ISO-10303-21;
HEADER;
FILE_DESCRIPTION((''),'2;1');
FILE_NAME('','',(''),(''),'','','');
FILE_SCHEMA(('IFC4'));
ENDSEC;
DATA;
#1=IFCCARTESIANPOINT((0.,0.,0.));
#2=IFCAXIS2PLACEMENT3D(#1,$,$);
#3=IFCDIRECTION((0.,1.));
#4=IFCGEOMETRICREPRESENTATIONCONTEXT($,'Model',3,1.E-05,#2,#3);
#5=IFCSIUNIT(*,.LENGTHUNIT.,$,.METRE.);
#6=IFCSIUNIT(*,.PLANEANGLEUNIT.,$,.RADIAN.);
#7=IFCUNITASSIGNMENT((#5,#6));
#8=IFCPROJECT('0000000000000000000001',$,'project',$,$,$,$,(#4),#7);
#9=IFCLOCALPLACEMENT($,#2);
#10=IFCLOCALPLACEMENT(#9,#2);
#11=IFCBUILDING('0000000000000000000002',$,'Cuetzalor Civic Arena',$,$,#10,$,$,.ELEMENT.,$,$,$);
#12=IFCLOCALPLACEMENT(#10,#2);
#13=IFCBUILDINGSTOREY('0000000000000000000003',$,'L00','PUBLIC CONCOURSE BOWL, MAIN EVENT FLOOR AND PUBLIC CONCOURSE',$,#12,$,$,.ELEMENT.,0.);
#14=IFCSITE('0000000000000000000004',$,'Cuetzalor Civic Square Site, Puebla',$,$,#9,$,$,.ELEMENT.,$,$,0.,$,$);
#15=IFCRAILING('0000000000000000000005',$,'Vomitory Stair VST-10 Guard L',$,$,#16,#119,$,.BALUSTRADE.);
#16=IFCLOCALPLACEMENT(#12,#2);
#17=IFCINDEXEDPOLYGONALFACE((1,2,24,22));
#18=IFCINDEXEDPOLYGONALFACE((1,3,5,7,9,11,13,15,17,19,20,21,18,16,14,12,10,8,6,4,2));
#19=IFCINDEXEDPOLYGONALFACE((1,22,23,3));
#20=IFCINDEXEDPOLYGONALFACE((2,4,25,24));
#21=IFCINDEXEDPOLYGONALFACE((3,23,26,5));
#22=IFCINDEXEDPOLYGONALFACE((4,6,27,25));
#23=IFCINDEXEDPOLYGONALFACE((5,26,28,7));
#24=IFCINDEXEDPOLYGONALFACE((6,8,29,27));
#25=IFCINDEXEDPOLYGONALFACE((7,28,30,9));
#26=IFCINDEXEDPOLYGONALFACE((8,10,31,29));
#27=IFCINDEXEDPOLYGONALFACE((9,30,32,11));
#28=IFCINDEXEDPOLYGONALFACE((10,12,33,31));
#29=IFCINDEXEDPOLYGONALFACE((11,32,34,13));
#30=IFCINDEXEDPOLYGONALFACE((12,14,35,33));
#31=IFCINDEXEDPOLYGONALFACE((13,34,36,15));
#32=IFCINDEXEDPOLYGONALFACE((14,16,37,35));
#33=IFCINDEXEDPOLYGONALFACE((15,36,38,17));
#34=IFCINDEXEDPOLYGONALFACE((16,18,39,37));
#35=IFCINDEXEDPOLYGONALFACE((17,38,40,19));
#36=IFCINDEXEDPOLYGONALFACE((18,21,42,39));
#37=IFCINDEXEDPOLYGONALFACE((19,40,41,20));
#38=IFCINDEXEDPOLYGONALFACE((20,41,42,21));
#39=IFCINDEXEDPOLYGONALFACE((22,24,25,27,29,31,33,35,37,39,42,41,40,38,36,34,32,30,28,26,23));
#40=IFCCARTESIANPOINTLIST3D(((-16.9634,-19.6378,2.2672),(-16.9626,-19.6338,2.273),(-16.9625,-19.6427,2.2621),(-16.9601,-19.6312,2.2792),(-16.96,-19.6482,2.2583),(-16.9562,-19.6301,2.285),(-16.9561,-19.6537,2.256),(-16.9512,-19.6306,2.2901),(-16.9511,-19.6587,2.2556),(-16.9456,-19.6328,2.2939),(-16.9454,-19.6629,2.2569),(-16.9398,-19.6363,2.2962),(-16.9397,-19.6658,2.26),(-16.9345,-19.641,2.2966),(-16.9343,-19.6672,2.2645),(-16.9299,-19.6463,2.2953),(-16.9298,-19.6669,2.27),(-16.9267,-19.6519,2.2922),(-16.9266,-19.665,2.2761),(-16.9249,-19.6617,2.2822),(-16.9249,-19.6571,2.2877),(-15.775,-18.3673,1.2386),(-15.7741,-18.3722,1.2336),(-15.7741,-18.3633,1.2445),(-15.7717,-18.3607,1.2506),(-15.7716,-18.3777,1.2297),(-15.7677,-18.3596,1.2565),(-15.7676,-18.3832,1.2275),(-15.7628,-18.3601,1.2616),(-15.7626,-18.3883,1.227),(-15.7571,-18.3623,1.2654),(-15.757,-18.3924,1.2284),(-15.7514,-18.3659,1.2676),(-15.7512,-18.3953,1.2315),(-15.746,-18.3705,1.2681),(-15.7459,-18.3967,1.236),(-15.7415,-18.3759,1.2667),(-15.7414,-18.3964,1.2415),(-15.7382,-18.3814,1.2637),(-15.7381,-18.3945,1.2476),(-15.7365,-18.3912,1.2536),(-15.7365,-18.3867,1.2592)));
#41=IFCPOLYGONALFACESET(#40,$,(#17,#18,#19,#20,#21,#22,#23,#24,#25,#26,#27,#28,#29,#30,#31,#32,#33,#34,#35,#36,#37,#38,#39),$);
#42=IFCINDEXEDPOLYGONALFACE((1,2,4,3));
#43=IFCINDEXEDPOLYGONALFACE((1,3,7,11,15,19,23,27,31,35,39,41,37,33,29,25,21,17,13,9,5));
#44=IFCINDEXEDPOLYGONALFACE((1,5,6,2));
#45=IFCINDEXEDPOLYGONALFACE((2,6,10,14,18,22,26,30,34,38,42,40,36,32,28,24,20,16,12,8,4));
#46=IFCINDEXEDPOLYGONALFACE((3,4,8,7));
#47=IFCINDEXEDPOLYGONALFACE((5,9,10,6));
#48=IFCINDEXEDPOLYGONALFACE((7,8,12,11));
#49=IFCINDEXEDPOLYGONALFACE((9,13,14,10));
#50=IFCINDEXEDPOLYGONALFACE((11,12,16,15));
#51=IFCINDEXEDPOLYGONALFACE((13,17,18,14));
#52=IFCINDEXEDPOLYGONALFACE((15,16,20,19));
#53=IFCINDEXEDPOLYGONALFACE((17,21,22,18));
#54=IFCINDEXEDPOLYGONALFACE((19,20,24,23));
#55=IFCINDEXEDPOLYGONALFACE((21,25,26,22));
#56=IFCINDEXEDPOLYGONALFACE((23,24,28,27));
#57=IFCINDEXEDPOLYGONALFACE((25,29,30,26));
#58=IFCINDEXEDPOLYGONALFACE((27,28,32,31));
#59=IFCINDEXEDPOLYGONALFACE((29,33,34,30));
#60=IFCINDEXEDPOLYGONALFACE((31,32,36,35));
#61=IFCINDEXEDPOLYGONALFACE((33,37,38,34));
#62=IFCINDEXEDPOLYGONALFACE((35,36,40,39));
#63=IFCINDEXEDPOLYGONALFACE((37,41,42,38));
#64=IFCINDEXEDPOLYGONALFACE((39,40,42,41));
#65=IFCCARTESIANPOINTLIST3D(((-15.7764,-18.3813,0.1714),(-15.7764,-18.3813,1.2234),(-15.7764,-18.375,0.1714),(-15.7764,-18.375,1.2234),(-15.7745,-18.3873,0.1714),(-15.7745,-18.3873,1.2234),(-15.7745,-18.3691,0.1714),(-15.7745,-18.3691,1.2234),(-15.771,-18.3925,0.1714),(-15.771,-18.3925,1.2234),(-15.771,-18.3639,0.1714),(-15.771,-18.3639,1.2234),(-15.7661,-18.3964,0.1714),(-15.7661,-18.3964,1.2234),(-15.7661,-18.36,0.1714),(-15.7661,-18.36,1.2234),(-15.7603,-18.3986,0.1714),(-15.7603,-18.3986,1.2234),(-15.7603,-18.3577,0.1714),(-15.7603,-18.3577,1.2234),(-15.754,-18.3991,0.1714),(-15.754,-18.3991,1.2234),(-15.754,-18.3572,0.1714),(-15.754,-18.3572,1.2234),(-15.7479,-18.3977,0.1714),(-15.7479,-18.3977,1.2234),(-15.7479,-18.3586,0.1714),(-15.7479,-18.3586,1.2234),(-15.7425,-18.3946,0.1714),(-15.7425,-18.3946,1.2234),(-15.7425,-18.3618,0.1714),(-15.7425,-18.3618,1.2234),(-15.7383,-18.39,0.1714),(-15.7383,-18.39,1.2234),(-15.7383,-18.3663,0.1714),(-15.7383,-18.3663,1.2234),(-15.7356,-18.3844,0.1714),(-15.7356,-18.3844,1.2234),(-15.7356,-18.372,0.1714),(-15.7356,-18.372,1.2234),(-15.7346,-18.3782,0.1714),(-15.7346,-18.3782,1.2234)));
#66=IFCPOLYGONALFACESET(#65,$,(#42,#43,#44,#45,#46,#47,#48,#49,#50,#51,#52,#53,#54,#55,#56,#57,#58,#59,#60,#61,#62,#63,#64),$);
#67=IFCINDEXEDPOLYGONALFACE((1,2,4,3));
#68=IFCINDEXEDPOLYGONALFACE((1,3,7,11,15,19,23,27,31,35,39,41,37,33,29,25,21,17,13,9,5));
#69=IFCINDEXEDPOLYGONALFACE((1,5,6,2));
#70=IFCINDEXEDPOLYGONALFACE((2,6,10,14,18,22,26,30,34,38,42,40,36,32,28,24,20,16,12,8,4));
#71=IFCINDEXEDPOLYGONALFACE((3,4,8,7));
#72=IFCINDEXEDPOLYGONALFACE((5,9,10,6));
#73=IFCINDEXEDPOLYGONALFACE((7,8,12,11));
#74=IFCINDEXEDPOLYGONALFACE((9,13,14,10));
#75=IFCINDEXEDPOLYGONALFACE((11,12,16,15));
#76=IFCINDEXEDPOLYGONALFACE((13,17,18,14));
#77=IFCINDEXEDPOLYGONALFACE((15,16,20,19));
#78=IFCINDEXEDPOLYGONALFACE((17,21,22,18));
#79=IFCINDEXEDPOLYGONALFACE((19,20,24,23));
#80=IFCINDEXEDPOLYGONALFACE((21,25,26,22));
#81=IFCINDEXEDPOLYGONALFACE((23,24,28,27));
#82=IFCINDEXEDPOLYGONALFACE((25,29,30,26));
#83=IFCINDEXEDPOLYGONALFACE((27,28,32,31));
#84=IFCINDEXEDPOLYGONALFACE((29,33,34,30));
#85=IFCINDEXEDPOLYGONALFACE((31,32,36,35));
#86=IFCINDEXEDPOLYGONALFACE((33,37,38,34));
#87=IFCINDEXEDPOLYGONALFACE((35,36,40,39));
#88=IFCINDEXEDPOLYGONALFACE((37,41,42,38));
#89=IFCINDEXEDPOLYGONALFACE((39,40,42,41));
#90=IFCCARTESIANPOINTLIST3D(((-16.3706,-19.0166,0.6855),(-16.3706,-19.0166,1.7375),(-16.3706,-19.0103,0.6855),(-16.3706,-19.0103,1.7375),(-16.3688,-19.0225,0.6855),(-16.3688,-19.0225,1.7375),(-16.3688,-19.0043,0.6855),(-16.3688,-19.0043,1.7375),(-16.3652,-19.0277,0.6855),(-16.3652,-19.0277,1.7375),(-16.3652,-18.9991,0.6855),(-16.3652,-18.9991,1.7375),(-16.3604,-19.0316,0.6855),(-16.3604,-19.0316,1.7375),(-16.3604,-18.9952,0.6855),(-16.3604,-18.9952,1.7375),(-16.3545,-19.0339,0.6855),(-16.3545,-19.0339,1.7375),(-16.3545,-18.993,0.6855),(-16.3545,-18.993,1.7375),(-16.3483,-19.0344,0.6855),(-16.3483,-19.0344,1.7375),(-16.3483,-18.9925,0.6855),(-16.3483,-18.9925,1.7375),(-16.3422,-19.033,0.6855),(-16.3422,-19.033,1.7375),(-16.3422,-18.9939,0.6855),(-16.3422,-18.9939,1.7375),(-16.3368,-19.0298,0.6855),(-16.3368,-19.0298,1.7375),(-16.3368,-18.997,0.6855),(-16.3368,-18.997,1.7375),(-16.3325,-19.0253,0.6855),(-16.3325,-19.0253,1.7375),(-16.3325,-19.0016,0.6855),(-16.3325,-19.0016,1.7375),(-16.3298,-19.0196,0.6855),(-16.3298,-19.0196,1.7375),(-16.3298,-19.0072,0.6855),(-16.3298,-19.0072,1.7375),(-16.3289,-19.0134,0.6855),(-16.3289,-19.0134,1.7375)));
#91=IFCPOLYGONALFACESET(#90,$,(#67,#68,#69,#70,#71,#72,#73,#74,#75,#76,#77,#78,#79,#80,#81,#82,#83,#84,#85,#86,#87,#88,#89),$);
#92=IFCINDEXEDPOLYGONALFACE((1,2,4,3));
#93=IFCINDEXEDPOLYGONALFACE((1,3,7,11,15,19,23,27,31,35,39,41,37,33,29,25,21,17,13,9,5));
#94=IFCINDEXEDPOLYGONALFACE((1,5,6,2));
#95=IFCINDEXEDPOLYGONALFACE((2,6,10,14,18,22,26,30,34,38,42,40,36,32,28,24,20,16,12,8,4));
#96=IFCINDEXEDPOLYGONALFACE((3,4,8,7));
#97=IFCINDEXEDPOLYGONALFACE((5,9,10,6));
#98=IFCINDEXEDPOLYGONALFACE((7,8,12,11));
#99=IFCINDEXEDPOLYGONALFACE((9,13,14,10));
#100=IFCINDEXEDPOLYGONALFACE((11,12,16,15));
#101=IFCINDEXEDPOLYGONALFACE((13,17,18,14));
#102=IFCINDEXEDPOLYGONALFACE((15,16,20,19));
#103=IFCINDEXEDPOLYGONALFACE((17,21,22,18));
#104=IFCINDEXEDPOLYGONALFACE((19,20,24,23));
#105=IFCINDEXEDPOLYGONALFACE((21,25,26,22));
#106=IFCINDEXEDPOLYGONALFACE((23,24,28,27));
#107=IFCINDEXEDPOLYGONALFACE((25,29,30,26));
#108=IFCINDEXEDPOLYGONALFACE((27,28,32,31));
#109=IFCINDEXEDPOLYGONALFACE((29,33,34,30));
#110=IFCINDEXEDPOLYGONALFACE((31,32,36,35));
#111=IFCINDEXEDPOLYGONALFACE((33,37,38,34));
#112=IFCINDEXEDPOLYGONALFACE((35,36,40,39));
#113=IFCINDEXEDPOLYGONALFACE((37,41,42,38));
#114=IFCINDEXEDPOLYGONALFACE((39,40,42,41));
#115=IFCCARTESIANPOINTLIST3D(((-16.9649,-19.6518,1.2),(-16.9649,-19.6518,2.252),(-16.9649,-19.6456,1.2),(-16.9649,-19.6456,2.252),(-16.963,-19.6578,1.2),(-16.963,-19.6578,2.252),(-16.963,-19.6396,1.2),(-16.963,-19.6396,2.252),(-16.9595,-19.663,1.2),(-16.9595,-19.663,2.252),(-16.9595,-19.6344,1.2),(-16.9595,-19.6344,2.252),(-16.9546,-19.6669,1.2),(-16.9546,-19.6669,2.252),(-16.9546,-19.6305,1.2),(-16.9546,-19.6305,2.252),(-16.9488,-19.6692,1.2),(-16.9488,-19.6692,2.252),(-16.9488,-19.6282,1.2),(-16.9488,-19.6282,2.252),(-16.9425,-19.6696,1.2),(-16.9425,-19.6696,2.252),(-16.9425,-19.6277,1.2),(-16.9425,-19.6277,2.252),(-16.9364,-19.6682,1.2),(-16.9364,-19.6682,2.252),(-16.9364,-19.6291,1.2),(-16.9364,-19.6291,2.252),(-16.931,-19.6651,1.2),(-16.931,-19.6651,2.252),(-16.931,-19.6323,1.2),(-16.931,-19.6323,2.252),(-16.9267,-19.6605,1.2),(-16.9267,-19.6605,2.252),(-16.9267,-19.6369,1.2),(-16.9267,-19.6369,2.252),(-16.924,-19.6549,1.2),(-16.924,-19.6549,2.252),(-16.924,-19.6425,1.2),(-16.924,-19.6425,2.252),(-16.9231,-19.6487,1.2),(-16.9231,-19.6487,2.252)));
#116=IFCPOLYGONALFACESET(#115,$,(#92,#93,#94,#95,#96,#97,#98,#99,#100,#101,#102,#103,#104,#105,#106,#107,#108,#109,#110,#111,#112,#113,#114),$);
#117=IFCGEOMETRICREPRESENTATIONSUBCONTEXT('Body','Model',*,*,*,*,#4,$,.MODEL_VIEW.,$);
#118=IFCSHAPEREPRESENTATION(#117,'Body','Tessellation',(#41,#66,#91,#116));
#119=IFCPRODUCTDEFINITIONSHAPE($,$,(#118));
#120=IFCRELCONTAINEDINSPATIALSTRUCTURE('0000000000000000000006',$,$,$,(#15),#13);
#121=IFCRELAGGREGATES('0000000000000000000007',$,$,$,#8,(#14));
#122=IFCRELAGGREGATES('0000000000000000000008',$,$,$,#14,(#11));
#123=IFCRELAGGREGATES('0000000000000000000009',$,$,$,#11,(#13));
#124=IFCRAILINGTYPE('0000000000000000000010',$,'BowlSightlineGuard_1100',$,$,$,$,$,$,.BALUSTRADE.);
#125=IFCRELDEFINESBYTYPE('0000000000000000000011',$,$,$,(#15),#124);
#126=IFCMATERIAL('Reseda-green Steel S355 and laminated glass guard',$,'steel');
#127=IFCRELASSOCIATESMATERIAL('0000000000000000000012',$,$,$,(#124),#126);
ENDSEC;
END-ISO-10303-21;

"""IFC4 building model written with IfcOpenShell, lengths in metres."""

from ifc_helpers import new_model, si_unit, direction, frame, origin, origin_2d, place, context, subcontext, project, spatial, circle, extrude, material, type_object, element, save


model = new_model("IFC4")

# Units and contexts
model_context = context("Model", 3, precision=1e-05, world=origin(), true_north=direction((0.0, 1.0)))
body_context = subcontext(model_context, "Body", "Model", "MODEL_VIEW")
ifc_project = project(units=[si_unit("LENGTHUNIT", "METRE"), si_unit("PLANEANGLEUNIT", "RADIAN")], contexts=[model_context])

# Site, building, storey
site_placement = place(None, origin())
site = spatial("IfcSite", under=ifc_project, at=site_placement, Name="Cuetzalor Civic Square Site, Puebla", CompositionType="ELEMENT", RefElevation=0.0)
building_placement = place(site_placement, origin())
building = spatial("IfcBuilding", under=site, at=building_placement, Name="Cuetzalor Civic Arena", CompositionType="ELEMENT")
storey_placement = place(building_placement, origin())
storey = spatial("IfcBuildingStorey", under=building, at=storey_placement, Name="L00", Description="PUBLIC CONCOURSE BOWL, MAIN EVENT FLOOR AND PUBLIC CONCOURSE", CompositionType="ELEMENT", Elevation=0.0)

# Railing
ifc_material_1 = material(Name="Reseda-green Steel S355 and laminated glass guard", Category="steel")
railing_type_1 = type_object("IfcRailingType", Name="BowlSightlineGuard_1100", PredefinedType="BALUSTRADE", material=ifc_material_1)
railing_1_placement = place(storey_placement, frame((-15.7556, -18.3782, 0.1714)))
element("IfcRailing", 1, at=railing_1_placement, inside=storey, type_object=railing_type_1, Name="Vomitory Stair VST-10 Guard L", PredefinedType="BALUSTRADE", context=body_context, shape_type="SweptSolid", body=[
    extrude(circle(Radius=0.0239, at=origin_2d()), frame((0.0, 0.0, 1.0762), z_axis=(-0.588051, -0.62864, 0.508928), x_axis=(0.730289, -0.683138, 0.0)), (0.0, 0.0, 1.0), 2.021),
    extrude(circle(Radius=0.021, at=origin_2d()), origin(), (0.0, 0.0, 1.0), 1.052),
    extrude(circle(Radius=0.021, at=origin_2d()), frame((-0.5942, -0.6353, 0.5142)), (0.0, 0.0, 1.0), 1.052),
    extrude(circle(Radius=0.021, at=origin_2d()), frame((-1.1885, -1.2705, 1.0286)), (0.0, 0.0, 1.0), 1.052),
])

save(model, "model.ifc")
